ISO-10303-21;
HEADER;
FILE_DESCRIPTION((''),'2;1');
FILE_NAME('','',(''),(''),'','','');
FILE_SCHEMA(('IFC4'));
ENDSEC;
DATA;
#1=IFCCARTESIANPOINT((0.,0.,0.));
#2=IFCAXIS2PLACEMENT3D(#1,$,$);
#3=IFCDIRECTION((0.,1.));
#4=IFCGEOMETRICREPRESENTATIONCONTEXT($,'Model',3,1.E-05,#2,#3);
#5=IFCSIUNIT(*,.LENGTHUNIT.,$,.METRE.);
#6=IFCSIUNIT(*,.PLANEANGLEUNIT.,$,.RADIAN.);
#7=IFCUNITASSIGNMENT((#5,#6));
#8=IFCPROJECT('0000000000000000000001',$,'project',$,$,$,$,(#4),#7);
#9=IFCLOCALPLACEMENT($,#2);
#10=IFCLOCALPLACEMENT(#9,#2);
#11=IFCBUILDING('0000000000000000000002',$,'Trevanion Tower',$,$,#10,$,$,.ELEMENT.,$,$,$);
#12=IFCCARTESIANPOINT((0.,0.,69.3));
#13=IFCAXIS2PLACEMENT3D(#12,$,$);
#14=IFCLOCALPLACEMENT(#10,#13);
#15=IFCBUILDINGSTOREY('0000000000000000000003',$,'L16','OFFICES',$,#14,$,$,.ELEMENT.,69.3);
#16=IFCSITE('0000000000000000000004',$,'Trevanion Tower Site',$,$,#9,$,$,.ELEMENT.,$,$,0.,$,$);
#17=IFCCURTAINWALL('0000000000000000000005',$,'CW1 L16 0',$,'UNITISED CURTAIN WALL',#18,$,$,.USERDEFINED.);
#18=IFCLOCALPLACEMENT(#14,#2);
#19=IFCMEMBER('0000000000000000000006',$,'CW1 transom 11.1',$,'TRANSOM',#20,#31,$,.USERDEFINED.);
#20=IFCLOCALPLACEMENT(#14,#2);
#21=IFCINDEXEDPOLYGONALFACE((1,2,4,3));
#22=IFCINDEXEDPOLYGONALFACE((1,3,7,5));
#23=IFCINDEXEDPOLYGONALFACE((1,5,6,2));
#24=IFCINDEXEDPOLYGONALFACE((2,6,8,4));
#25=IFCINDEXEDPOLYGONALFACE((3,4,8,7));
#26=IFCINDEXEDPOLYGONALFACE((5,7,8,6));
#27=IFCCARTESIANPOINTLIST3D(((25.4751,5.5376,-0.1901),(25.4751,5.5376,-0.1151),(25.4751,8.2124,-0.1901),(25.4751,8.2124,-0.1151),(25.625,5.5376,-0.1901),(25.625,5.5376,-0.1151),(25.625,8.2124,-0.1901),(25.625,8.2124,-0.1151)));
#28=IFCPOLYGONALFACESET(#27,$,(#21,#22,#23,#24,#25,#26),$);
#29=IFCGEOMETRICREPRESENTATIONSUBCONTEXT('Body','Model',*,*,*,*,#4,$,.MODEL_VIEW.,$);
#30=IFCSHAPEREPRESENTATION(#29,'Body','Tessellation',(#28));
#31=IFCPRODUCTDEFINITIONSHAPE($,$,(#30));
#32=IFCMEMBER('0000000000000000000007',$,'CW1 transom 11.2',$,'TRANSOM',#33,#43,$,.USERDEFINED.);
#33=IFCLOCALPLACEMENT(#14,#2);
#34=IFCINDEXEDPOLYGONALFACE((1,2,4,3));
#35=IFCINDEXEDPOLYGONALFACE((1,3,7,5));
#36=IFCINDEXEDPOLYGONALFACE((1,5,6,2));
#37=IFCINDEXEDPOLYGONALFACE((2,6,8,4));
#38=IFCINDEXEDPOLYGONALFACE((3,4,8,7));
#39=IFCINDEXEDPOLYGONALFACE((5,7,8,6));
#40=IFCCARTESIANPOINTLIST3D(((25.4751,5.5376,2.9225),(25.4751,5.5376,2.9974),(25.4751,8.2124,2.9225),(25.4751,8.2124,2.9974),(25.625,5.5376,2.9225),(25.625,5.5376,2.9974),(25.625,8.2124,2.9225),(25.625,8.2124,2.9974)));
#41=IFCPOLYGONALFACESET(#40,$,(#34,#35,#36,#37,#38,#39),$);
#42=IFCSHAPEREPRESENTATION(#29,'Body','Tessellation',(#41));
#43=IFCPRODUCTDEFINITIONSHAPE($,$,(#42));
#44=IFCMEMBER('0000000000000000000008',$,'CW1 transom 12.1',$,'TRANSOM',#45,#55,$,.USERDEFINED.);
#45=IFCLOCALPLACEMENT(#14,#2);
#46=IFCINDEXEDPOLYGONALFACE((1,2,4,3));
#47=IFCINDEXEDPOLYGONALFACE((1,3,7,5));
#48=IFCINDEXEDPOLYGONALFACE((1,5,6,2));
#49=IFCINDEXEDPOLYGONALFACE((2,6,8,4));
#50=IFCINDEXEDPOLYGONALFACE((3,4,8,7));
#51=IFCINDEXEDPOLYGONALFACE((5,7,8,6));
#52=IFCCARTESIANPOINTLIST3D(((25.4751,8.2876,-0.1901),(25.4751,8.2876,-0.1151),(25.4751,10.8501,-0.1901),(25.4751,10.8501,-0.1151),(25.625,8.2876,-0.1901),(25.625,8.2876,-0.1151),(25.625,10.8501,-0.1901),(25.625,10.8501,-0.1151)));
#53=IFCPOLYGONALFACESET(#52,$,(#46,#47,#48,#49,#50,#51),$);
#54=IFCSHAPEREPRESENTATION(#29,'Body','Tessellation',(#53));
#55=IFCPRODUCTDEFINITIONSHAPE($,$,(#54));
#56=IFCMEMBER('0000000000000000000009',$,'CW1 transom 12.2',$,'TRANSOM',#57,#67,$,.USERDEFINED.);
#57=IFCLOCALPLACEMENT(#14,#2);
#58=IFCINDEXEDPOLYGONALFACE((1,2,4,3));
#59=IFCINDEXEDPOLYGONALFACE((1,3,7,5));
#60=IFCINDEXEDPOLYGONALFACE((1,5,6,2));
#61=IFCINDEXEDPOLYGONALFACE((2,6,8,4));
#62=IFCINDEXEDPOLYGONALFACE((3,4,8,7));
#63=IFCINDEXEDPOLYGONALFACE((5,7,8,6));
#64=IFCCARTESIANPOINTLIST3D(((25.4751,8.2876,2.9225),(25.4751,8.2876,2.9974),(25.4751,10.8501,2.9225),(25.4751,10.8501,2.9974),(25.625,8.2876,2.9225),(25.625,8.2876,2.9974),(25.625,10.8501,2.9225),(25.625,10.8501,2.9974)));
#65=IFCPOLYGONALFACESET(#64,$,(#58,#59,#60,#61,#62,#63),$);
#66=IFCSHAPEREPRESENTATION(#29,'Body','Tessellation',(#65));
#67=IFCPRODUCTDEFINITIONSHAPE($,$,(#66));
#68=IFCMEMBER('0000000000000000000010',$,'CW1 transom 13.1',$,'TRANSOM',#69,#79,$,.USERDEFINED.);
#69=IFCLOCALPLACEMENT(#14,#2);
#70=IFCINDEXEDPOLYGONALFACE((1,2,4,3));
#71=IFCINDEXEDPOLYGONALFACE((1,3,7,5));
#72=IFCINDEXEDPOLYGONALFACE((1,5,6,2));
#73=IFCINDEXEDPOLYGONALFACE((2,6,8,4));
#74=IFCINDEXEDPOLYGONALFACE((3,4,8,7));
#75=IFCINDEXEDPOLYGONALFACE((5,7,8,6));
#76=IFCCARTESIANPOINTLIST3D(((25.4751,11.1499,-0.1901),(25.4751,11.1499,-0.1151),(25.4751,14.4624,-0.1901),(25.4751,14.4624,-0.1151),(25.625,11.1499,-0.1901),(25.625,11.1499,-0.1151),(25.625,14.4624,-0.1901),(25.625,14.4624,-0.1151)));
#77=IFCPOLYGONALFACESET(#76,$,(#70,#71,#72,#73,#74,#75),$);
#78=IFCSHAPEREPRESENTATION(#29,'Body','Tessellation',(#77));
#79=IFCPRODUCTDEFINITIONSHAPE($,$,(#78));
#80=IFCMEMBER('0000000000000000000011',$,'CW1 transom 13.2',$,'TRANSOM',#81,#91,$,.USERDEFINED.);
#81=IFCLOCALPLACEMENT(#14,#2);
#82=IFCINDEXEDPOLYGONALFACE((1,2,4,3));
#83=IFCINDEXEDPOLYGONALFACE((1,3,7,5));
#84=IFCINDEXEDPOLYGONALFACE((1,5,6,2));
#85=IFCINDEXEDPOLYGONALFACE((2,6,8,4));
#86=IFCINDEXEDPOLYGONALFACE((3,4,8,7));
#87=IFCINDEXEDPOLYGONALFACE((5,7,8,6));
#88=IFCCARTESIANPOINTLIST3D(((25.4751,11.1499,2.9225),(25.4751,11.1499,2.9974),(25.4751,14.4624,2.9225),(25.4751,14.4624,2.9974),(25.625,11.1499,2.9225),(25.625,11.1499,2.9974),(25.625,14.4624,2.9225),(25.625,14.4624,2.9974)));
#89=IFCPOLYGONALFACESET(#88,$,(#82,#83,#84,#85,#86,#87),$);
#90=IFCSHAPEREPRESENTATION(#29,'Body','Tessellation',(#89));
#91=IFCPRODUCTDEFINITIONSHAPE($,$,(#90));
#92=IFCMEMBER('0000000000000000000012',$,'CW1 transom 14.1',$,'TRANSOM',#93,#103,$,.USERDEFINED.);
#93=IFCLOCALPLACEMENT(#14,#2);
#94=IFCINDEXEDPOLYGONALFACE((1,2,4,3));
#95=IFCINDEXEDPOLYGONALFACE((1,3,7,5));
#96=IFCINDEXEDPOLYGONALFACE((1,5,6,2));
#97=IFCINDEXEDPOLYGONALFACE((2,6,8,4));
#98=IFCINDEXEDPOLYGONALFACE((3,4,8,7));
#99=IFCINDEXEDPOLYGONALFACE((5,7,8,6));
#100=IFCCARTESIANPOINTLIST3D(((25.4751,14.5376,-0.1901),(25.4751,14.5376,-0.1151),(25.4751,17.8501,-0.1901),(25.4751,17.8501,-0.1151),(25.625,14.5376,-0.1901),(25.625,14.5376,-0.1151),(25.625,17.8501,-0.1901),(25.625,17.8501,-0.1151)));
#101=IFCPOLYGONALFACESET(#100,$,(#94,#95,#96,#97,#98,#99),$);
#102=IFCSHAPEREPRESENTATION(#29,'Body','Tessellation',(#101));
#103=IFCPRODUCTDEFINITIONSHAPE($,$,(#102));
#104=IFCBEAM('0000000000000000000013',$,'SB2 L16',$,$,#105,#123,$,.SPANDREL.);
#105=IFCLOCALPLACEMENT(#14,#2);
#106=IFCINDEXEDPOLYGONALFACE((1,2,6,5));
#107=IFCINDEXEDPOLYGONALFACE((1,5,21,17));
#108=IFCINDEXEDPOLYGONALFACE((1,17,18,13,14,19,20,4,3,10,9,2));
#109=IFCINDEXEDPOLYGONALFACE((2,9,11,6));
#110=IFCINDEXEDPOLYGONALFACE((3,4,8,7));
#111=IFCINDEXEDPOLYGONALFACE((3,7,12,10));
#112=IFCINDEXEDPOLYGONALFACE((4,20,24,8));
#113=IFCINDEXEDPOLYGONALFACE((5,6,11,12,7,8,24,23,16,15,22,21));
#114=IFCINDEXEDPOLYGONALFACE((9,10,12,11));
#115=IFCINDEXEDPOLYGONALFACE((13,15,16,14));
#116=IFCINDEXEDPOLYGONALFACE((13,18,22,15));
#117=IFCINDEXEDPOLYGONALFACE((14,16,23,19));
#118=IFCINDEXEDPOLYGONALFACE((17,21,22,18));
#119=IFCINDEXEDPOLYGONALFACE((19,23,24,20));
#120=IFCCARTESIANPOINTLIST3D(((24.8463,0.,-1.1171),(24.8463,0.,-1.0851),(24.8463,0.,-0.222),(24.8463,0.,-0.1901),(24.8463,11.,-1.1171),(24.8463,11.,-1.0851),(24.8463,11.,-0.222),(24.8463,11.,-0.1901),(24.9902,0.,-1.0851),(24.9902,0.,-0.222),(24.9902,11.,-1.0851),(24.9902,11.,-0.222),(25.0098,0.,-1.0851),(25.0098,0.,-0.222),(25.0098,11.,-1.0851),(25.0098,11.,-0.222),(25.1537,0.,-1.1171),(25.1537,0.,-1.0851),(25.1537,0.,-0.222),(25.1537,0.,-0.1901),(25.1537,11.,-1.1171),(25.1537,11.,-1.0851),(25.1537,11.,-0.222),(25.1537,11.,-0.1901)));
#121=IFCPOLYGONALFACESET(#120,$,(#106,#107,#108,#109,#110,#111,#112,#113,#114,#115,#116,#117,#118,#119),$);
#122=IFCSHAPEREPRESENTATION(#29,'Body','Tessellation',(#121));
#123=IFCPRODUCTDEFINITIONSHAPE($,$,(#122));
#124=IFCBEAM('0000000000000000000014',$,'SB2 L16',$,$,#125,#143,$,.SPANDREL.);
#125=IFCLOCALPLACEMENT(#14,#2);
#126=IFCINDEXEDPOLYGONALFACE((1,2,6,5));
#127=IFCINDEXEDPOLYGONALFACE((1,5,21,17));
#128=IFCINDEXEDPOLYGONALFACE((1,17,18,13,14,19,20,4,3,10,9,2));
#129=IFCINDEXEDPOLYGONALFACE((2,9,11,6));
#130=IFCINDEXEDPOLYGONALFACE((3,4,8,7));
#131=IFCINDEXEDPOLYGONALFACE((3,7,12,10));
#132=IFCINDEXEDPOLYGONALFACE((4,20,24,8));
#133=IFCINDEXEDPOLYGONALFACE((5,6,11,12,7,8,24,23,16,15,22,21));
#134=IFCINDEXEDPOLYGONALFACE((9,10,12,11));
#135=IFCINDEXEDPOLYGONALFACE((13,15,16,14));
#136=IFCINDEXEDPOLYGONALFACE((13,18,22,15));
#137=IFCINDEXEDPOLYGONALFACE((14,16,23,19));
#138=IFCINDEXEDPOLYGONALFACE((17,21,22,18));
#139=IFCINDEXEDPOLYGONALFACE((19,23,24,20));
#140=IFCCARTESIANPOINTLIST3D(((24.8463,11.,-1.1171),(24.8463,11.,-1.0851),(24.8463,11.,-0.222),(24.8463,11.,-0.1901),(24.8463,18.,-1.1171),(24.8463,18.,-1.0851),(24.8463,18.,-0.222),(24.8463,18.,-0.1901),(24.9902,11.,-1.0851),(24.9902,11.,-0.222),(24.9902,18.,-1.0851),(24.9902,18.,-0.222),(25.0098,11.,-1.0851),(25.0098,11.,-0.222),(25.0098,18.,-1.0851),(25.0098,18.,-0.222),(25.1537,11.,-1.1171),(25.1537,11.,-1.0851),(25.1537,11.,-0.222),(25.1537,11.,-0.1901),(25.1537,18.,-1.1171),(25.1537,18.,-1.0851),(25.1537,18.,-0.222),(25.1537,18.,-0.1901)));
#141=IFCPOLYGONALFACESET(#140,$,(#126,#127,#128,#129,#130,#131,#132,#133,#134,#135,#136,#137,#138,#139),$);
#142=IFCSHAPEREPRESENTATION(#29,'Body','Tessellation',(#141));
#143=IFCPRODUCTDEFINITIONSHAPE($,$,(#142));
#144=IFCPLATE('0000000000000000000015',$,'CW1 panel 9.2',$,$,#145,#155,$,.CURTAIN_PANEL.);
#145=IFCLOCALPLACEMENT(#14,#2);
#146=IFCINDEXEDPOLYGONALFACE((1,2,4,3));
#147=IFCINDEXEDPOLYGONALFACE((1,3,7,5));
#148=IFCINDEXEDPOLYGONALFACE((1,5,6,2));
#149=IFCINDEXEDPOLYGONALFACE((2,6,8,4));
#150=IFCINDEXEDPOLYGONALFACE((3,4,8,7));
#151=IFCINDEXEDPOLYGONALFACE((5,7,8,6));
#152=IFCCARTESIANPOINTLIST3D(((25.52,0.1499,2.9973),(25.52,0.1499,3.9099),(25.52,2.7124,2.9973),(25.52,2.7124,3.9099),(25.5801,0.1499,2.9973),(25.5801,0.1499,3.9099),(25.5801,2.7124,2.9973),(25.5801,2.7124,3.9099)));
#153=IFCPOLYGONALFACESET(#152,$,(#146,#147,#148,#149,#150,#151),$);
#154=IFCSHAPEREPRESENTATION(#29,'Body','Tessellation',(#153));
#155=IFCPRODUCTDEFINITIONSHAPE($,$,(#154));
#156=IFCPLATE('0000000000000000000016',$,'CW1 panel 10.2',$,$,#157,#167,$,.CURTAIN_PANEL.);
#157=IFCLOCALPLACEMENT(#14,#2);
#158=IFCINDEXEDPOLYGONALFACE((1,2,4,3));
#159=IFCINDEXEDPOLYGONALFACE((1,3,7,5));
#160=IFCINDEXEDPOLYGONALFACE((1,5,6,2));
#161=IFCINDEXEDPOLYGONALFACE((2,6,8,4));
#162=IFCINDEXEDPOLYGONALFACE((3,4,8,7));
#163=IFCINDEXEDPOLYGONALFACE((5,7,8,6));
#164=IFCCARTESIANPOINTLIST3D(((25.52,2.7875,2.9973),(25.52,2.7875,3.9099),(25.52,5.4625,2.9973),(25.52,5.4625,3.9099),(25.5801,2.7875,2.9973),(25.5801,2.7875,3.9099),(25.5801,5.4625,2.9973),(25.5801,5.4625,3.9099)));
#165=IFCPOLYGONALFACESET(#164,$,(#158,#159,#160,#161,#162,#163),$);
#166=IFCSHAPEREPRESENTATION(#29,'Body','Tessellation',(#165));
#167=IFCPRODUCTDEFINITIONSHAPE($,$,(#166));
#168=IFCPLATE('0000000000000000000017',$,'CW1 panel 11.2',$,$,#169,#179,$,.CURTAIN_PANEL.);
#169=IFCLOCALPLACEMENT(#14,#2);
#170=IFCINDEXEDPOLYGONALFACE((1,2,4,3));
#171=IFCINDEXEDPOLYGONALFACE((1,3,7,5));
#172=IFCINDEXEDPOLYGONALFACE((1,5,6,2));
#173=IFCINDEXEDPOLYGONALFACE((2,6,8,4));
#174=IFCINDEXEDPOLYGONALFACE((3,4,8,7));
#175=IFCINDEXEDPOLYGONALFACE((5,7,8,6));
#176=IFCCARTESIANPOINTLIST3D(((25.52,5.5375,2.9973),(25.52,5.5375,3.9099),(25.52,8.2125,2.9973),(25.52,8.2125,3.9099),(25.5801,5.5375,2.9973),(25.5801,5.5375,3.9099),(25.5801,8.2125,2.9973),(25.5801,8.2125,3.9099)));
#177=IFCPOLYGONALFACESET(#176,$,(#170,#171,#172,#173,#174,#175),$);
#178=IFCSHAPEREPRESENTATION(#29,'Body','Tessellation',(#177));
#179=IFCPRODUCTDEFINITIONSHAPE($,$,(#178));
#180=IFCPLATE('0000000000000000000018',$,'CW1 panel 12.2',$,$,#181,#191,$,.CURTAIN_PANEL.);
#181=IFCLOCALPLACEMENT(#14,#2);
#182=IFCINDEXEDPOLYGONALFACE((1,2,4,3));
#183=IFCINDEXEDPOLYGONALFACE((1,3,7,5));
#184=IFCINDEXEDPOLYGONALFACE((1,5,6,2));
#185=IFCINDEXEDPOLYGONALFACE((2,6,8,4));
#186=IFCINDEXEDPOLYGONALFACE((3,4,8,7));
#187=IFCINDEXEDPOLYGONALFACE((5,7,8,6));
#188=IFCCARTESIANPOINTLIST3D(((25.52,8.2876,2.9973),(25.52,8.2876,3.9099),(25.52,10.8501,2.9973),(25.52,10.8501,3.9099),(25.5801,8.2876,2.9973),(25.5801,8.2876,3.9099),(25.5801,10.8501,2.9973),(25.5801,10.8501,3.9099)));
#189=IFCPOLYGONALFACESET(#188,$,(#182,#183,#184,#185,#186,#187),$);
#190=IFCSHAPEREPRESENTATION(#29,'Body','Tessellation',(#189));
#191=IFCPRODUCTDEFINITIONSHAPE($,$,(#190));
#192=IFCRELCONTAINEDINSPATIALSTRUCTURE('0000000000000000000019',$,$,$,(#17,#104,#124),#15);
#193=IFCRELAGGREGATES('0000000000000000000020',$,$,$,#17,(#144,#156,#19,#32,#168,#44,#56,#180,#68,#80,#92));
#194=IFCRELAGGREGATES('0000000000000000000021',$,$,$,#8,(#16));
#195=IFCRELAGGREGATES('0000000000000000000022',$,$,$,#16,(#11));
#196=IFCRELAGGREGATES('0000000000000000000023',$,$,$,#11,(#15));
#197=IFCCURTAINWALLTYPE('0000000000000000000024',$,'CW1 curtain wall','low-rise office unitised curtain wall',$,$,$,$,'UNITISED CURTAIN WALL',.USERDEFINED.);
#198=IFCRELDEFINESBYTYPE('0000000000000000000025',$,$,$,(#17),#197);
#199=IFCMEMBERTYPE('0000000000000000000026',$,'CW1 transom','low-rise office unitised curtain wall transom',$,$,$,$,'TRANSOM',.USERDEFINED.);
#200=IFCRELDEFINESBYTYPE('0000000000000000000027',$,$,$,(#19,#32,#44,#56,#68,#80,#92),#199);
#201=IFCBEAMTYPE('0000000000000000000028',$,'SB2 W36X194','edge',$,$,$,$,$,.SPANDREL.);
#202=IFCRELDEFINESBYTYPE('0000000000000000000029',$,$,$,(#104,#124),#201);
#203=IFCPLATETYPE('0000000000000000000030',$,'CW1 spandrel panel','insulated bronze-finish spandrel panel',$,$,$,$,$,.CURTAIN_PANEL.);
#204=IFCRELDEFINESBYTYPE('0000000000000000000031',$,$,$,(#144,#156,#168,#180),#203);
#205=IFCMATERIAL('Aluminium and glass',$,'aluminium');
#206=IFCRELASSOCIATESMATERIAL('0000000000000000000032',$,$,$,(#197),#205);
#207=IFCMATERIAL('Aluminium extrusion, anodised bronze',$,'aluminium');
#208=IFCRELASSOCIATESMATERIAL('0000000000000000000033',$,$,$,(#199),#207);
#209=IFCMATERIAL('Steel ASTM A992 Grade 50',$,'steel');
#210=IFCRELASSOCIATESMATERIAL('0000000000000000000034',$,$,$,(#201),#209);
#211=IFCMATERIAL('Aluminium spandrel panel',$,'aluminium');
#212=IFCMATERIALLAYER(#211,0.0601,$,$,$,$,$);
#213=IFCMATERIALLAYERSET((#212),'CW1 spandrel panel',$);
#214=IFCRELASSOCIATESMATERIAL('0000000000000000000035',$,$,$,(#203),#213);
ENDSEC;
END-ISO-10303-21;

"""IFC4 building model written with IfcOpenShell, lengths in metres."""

from ifc_helpers import new_model, si_unit, direction, frame, origin, origin_2d, place, context, subcontext, project, spatial, rectangle, i_section, extrude, material, layer, layer_set, material_profile, profile_set, type_object, element, aggregate, save


model = new_model("IFC4")

# Units and contexts
model_context = context("Model", 3, precision=1e-05, world=origin(), true_north=direction((0.0, 1.0)))
body_context = subcontext(model_context, "Body", "Model", "MODEL_VIEW")
ifc_project = project(units=[si_unit("LENGTHUNIT", "METRE"), si_unit("PLANEANGLEUNIT", "RADIAN")], contexts=[model_context])

# Site, building, storey
site_placement = place(None, origin())
site = spatial("IfcSite", under=ifc_project, at=site_placement, Name="Trevanion Tower Site", CompositionType="ELEMENT", RefElevation=0.0)
building_placement = place(site_placement, origin())
building = spatial("IfcBuilding", under=site, at=building_placement, Name="Trevanion Tower", CompositionType="ELEMENT")
storey_placement = place(building_placement, frame((0.0, 0.0, 69.3)))
storey = spatial("IfcBuildingStorey", under=building, at=storey_placement, Name="L16", Description="OFFICES", CompositionType="ELEMENT", Elevation=69.3)

# Curtain wall, members
ifc_material_1 = material(Name="Aluminium and glass", Category="aluminium")
curtain_wall_type = type_object("IfcCurtainWallType", Name="CW1 curtain wall", Description="low-rise office unitised curtain wall", ElementType="UNITISED CURTAIN WALL", PredefinedType="USERDEFINED", material=ifc_material_1)
curtain_wall_placement = place(storey_placement, origin())
curtain_wall = element("IfcCurtainWall", 1, at=curtain_wall_placement, inside=storey, type_object=curtain_wall_type, Name="CW1 L16 0", ObjectType="UNITISED CURTAIN WALL", PredefinedType="USERDEFINED")
ifc_material_2 = material(Name="Aluminium extrusion, anodised bronze", Category="aluminium")
ifc_material_profile_1 = material_profile(ifc_material_2, rectangle(XDim=0.1499, YDim=0.075, at=origin_2d()), Name="CW1 transom")
ifc_profile_set_1 = profile_set([ifc_material_profile_1], Name="Aluminium extrusion, anodised bronze")
member_type_1 = type_object("IfcMemberType", Name="CW1 transom", Description="low-rise office unitised curtain wall transom", ElementType="TRANSOM", PredefinedType="USERDEFINED", material=ifc_profile_set_1)
member_1_placement = place(storey_placement, frame((25.55, 5.5376, -0.1526), z_axis=(0.0, 1.0, 0.0), x_axis=(-1.0, 0.0, 0.0)))
member_1 = element("IfcMember", 2, at=member_1_placement, type_object=member_type_1, Name="CW1 transom 11.1", ObjectType="TRANSOM", PredefinedType="USERDEFINED", context=body_context, shape_type="SweptSolid", body=[
    extrude(rectangle(XDim=0.1499, YDim=0.075, at=origin_2d()), origin(), (0.0, 0.0, 1.0), 2.6748),
])
member_2_placement = place(storey_placement, frame((25.55, 5.5376, 2.96), z_axis=(0.0, 1.0, 0.0), x_axis=(-1.0, 0.0, 0.0)))
member_2 = element("IfcMember", 3, at=member_2_placement, type_object=member_type_1, Name="CW1 transom 11.2", ObjectType="TRANSOM", PredefinedType="USERDEFINED", context=body_context, shape_type="SweptSolid", body=[
    extrude(rectangle(XDim=0.1499, YDim=0.075, at=origin_2d()), origin(), (0.0, 0.0, 1.0), 2.6748),
])
member_3_placement = place(storey_placement, frame((25.55, 8.2876, -0.1526), z_axis=(0.0, 1.0, 0.0), x_axis=(-1.0, 0.0, 0.0)))
member_3 = element("IfcMember", 4, at=member_3_placement, type_object=member_type_1, Name="CW1 transom 12.1", ObjectType="TRANSOM", PredefinedType="USERDEFINED", context=body_context, shape_type="SweptSolid", body=[
    extrude(rectangle(XDim=0.1499, YDim=0.075, at=origin_2d()), origin(), (0.0, 0.0, 1.0), 2.5625),
])
member_4_placement = place(storey_placement, frame((25.55, 8.2876, 2.96), z_axis=(0.0, 1.0, 0.0), x_axis=(-1.0, 0.0, 0.0)))
member_4 = element("IfcMember", 5, at=member_4_placement, type_object=member_type_1, Name="CW1 transom 12.2", ObjectType="TRANSOM", PredefinedType="USERDEFINED", context=body_context, shape_type="SweptSolid", body=[
    extrude(rectangle(XDim=0.1499, YDim=0.075, at=origin_2d()), origin(), (0.0, 0.0, 1.0), 2.5625),
])
member_5_placement = place(storey_placement, frame((25.55, 11.1499, -0.1526), z_axis=(0.0, 1.0, 0.0), x_axis=(-1.0, 0.0, 0.0)))
member_5 = element("IfcMember", 6, at=member_5_placement, type_object=member_type_1, Name="CW1 transom 13.1", ObjectType="TRANSOM", PredefinedType="USERDEFINED", context=body_context, shape_type="SweptSolid", body=[
    extrude(rectangle(XDim=0.1499, YDim=0.075, at=origin_2d()), origin(), (0.0, 0.0, 1.0), 3.3125),
])
member_6_placement = place(storey_placement, frame((25.55, 11.1499, 2.96), z_axis=(0.0, 1.0, 0.0), x_axis=(-1.0, 0.0, 0.0)))
member_6 = element("IfcMember", 7, at=member_6_placement, type_object=member_type_1, Name="CW1 transom 13.2", ObjectType="TRANSOM", PredefinedType="USERDEFINED", context=body_context, shape_type="SweptSolid", body=[
    extrude(rectangle(XDim=0.1499, YDim=0.075, at=origin_2d()), origin(), (0.0, 0.0, 1.0), 3.3125),
])
member_7_placement = place(storey_placement, frame((25.55, 14.5376, -0.1526), z_axis=(0.0, 1.0, 0.0), x_axis=(-1.0, 0.0, 0.0)))
member_7 = element("IfcMember", 8, at=member_7_placement, type_object=member_type_1, Name="CW1 transom 14.1", ObjectType="TRANSOM", PredefinedType="USERDEFINED", context=body_context, shape_type="SweptSolid", body=[
    extrude(rectangle(XDim=0.1499, YDim=0.075, at=origin_2d()), origin(), (0.0, 0.0, 1.0), 3.3125),
])

# Beams
ifc_material_3 = material(Name="Steel ASTM A992 Grade 50", Category="steel")
ifc_material_profile_2 = material_profile(ifc_material_3, i_section(OverallWidth=0.3074, OverallDepth=0.927, WebThickness=0.0195, FlangeThickness=0.032, at=origin_2d()), Name="W36X194")
ifc_profile_set_2 = profile_set([ifc_material_profile_2], Name="Steel ASTM A992 Grade 50")
beam_type_1 = type_object("IfcBeamType", Name="SB2 W36X194", Description="edge", PredefinedType="SPANDREL", material=ifc_profile_set_2)
beam_1_placement = place(storey_placement, frame((25.0, 0.0, -0.6536), z_axis=(0.0, 1.0, 0.0), x_axis=(-1.0, 0.0, 0.0)))
element("IfcBeam", 9, at=beam_1_placement, inside=storey, type_object=beam_type_1, Name="SB2 L16", PredefinedType="SPANDREL", context=body_context, shape_type="SweptSolid", body=[
    extrude(i_section(OverallWidth=0.3074, OverallDepth=0.927, WebThickness=0.0195, FlangeThickness=0.032, at=origin_2d()), origin(), (0.0, 0.0, 1.0), 11.0),
])
beam_2_placement = place(storey_placement, frame((25.0, 11.0, -0.6536), z_axis=(0.0, 1.0, 0.0), x_axis=(-1.0, 0.0, 0.0)))
element("IfcBeam", 10, at=beam_2_placement, inside=storey, type_object=beam_type_1, Name="SB2 L16", PredefinedType="SPANDREL", context=body_context, shape_type="SweptSolid", body=[
    extrude(i_section(OverallWidth=0.3074, OverallDepth=0.927, WebThickness=0.0195, FlangeThickness=0.032, at=origin_2d()), origin(), (0.0, 0.0, 1.0), 7.0),
])

# Plates
ifc_material_4 = material(Name="Aluminium spandrel panel", Category="aluminium")
ifc_layer_1 = layer(ifc_material_4, 0.0601)
ifc_layer_set_1 = layer_set([ifc_layer_1], Name="CW1 spandrel panel")
plate_type_1 = type_object("IfcPlateType", Name="CW1 spandrel panel", Description="insulated bronze-finish spandrel panel", PredefinedType="CURTAIN_PANEL", material=ifc_layer_set_1)
plate_1_placement = place(storey_placement, frame((25.55, 1.4312, 2.9973), z_axis=(0.0, 0.0, 1.0), x_axis=(0.0, 1.0, 0.0)))
plate_1 = element("IfcPlate", 11, at=plate_1_placement, type_object=plate_type_1, Name="CW1 panel 9.2", PredefinedType="CURTAIN_PANEL", context=body_context, shape_type="SweptSolid", body=[
    extrude(rectangle(XDim=2.5625, YDim=0.0601, at=origin_2d()), origin(), (0.0, 0.0, 1.0), 0.9126),
])
plate_2_placement = place(storey_placement, frame((25.55, 4.125, 2.9973), z_axis=(0.0, 0.0, 1.0), x_axis=(0.0, 1.0, 0.0)))
plate_2 = element("IfcPlate", 12, at=plate_2_placement, type_object=plate_type_1, Name="CW1 panel 10.2", PredefinedType="CURTAIN_PANEL", context=body_context, shape_type="SweptSolid", body=[
    extrude(rectangle(XDim=2.675, YDim=0.0601, at=origin_2d()), origin(), (0.0, 0.0, 1.0), 0.9126),
])
plate_3_placement = place(storey_placement, frame((25.55, 6.875, 2.9973), z_axis=(0.0, 0.0, 1.0), x_axis=(0.0, 1.0, 0.0)))
plate_3 = element("IfcPlate", 13, at=plate_3_placement, type_object=plate_type_1, Name="CW1 panel 11.2", PredefinedType="CURTAIN_PANEL", context=body_context, shape_type="SweptSolid", body=[
    extrude(rectangle(XDim=2.675, YDim=0.0601, at=origin_2d()), origin(), (0.0, 0.0, 1.0), 0.9126),
])
plate_4_placement = place(storey_placement, frame((25.55, 9.5688, 2.9973), z_axis=(0.0, 0.0, 1.0), x_axis=(0.0, 1.0, 0.0)))
plate_4 = element("IfcPlate", 14, at=plate_4_placement, type_object=plate_type_1, Name="CW1 panel 12.2", PredefinedType="CURTAIN_PANEL", context=body_context, shape_type="SweptSolid", body=[
    extrude(rectangle(XDim=2.5625, YDim=0.0601, at=origin_2d()), origin(), (0.0, 0.0, 1.0), 0.9126),
])
aggregate(curtain_wall, [plate_1, plate_2, member_1, member_2, plate_3, member_3, member_4, plate_4, member_5, member_6, member_7])

save(model, "model.ifc")
